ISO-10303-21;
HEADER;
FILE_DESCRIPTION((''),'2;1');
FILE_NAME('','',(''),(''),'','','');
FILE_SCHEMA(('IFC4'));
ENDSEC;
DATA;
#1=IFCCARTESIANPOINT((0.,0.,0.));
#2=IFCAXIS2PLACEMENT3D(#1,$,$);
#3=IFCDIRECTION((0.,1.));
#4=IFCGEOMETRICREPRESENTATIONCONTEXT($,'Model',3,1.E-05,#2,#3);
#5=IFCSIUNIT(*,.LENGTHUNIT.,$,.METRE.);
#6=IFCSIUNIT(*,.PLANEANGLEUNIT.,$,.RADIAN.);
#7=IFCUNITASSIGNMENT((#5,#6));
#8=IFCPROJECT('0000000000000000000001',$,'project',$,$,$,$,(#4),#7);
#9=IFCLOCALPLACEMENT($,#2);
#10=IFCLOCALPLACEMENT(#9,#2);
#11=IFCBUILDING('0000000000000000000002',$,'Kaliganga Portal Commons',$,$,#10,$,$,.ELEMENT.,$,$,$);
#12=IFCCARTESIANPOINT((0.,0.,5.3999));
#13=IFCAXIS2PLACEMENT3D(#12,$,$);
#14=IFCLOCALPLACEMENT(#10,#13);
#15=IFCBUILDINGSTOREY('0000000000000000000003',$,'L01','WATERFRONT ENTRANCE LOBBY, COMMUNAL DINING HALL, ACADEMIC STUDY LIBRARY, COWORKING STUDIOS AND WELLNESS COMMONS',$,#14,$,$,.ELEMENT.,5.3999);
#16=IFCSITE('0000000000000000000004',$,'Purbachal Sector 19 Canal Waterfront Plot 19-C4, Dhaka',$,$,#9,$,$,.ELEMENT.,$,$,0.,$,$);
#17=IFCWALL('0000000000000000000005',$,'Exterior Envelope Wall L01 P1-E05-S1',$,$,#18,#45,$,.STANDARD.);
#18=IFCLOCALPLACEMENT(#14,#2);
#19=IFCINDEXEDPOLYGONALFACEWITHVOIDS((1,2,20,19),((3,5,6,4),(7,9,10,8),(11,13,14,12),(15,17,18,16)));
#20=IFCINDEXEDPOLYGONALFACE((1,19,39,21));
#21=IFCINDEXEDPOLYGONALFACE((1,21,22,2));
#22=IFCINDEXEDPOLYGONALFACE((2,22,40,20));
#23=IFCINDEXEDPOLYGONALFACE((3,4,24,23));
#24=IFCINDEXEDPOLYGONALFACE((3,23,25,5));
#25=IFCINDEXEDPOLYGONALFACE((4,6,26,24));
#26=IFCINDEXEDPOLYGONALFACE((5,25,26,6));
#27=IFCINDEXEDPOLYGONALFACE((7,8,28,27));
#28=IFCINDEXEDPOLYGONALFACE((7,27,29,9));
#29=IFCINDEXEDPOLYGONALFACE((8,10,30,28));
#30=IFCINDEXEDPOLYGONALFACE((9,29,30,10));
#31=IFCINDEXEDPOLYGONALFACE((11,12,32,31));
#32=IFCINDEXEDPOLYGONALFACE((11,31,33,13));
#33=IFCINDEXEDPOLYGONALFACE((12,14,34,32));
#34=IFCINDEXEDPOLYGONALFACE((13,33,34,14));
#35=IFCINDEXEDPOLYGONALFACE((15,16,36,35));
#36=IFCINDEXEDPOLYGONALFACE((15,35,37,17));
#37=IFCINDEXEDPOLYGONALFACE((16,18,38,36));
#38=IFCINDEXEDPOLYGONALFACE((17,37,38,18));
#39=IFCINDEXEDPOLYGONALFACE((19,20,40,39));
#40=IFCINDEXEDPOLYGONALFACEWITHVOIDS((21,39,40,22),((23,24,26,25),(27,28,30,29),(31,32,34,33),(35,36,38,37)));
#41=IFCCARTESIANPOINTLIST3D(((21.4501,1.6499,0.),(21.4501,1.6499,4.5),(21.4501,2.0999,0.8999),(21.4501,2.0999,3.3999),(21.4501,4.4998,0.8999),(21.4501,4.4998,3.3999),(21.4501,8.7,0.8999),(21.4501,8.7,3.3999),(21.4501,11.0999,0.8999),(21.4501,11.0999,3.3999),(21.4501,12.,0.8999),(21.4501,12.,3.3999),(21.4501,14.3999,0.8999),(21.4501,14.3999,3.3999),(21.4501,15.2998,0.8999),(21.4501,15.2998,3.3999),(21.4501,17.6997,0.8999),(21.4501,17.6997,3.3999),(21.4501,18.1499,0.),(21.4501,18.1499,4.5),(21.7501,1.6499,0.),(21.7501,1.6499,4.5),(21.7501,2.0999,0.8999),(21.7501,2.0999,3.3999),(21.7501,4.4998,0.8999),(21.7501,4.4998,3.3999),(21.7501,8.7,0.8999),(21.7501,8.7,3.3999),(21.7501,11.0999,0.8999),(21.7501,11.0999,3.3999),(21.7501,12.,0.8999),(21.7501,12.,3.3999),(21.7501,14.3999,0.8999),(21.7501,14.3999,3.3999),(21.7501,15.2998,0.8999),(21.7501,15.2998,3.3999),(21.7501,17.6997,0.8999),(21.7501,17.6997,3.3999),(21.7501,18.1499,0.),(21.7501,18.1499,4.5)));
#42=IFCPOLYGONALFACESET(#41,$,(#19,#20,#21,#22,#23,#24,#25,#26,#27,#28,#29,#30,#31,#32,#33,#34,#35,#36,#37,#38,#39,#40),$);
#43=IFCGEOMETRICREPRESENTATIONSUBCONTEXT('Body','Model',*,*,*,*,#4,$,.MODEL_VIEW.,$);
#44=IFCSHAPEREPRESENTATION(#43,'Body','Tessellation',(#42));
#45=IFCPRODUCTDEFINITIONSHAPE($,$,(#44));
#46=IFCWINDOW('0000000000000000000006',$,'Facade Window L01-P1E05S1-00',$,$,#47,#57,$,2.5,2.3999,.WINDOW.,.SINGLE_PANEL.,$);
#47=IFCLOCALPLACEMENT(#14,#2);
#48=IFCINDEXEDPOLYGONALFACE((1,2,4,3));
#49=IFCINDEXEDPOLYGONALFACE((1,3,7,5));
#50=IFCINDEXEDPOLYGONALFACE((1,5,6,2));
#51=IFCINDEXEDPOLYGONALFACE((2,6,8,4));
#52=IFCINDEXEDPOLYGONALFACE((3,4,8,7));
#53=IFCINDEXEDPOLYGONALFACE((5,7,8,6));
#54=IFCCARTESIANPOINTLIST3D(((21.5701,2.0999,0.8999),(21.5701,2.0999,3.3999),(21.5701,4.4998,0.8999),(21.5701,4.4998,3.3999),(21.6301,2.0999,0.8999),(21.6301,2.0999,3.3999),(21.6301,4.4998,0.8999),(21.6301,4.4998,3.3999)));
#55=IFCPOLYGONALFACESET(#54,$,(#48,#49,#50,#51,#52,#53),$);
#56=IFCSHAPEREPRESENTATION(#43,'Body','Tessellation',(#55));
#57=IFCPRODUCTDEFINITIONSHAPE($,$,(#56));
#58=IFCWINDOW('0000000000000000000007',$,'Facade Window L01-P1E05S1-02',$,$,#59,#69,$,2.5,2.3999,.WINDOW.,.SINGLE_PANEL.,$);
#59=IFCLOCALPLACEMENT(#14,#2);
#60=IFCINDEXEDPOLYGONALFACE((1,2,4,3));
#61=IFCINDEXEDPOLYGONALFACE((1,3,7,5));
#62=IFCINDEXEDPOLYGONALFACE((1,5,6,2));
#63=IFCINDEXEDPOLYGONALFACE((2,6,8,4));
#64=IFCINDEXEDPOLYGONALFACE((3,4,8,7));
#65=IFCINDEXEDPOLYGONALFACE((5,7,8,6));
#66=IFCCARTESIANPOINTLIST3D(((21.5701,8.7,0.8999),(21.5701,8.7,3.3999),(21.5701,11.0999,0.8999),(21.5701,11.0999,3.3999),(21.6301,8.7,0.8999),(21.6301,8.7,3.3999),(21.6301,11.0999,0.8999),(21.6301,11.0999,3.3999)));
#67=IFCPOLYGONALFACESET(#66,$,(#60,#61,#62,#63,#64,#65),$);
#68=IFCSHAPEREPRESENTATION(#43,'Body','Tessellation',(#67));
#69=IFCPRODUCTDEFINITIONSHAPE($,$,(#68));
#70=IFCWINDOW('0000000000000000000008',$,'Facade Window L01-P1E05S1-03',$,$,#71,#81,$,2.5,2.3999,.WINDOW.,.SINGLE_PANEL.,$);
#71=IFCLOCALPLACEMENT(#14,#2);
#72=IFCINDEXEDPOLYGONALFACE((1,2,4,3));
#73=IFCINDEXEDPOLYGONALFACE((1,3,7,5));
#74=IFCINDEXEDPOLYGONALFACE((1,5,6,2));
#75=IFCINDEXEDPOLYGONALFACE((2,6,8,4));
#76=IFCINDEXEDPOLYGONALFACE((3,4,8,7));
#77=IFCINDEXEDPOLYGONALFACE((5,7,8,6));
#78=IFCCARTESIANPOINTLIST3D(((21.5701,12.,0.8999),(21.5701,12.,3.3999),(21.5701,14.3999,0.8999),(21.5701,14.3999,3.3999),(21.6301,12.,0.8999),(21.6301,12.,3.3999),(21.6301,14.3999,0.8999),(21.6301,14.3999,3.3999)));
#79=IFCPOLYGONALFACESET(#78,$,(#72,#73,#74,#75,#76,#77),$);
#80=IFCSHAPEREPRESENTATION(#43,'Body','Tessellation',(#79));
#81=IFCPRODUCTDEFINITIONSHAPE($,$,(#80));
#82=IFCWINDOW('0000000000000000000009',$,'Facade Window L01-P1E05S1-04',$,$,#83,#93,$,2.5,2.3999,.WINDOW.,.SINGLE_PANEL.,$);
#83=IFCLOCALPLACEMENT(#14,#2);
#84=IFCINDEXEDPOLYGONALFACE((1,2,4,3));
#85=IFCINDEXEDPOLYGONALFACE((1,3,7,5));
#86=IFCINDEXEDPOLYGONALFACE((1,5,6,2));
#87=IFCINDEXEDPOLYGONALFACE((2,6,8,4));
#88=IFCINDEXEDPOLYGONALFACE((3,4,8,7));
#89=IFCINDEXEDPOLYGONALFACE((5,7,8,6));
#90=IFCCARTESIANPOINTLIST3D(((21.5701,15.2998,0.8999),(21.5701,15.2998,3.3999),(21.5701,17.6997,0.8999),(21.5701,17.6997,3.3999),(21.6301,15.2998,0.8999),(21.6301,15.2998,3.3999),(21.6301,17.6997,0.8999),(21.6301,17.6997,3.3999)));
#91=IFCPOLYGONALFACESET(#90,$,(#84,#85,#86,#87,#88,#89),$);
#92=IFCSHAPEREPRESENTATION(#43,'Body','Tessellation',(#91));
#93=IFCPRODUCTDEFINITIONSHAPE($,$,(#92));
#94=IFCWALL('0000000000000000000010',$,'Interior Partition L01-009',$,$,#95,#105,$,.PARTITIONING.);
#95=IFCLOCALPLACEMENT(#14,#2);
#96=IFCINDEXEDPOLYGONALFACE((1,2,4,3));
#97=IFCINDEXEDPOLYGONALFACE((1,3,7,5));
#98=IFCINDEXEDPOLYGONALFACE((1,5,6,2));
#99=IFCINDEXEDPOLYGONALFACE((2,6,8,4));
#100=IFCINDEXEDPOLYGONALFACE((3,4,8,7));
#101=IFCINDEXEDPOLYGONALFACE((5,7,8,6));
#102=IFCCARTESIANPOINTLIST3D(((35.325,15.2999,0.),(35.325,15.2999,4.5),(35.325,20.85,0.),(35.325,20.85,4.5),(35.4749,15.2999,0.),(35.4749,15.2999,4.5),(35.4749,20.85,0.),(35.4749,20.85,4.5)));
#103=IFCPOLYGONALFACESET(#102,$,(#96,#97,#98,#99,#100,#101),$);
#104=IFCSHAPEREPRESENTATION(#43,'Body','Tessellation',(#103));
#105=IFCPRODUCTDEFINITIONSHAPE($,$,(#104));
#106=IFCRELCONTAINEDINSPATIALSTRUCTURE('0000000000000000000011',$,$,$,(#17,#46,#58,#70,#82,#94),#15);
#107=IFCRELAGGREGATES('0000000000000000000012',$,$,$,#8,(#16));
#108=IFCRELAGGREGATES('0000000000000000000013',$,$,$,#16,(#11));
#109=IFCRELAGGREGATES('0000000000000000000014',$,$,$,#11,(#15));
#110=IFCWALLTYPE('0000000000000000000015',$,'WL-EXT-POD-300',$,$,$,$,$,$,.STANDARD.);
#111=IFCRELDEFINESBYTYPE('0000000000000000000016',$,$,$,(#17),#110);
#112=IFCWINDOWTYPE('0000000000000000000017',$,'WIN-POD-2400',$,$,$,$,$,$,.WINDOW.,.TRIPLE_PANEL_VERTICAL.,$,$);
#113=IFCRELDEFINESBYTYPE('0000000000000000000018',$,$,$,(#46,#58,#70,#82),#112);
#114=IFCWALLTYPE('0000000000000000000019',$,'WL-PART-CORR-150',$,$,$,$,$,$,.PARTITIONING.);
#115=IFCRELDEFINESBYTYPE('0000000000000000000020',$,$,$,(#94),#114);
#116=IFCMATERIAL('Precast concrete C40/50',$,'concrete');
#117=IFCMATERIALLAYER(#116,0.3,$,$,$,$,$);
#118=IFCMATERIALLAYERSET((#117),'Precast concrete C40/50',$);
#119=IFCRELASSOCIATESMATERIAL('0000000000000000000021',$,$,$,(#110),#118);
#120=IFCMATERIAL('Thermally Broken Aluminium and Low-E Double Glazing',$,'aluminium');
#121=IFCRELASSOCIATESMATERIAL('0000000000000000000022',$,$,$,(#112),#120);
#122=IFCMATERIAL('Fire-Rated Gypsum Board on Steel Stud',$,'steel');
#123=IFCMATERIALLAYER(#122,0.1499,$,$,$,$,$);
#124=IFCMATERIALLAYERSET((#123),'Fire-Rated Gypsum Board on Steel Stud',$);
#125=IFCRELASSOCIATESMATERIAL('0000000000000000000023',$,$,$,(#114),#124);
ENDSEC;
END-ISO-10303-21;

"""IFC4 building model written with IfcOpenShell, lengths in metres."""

from ifc_helpers import new_model, si_unit, direction, frame, frame_2d, origin, place, context, subcontext, project, spatial, rectangle, extrude, material, layer, layer_set, type_object, element, fill, save


model = new_model("IFC4")

# Units and contexts
model_context = context("Model", 3, precision=1e-05, world=origin(), true_north=direction((0.0, 1.0)))
body_context = subcontext(model_context, "Body", "Model", "MODEL_VIEW")
ifc_project = project(units=[si_unit("LENGTHUNIT", "METRE"), si_unit("PLANEANGLEUNIT", "RADIAN")], contexts=[model_context])

# Site, building, storey
site_placement = place(None, origin())
site = spatial("IfcSite", under=ifc_project, at=site_placement, Name="Purbachal Sector 19 Canal Waterfront Plot 19-C4, Dhaka", CompositionType="ELEMENT", RefElevation=0.0)
building_placement = place(site_placement, origin())
building = spatial("IfcBuilding", under=site, at=building_placement, Name="Kaliganga Portal Commons", CompositionType="ELEMENT")
storey_placement = place(building_placement, frame((0.0, 0.0, 5.3999)))
storey = spatial("IfcBuildingStorey", under=building, at=storey_placement, Name="L01", Description="WATERFRONT ENTRANCE LOBBY, COMMUNAL DINING HALL, ACADEMIC STUDY LIBRARY, COWORKING STUDIOS AND WELLNESS COMMONS", CompositionType="ELEMENT", Elevation=5.3999)

# Shared definitions
ifc_material_1 = material(Name="Precast concrete C40/50", Category="concrete")
ifc_layer_1 = layer(ifc_material_1, 0.3)
ifc_layer_set_1 = layer_set([ifc_layer_1], Name="Precast concrete C40/50")
wall_type_1 = type_object("IfcWallType", Name="WL-EXT-POD-300", PredefinedType="STANDARD", material=ifc_layer_set_1)

# Shared definitions
ifc_material_2 = material(Name="Thermally Broken Aluminium and Low-E Double Glazing", Category="aluminium")
window_type = type_object("IfcWindowType", Name="WIN-POD-2400", PartitioningType="TRIPLE_PANEL_VERTICAL", PredefinedType="WINDOW", material=ifc_material_2)

# Wall, openings, windows
wall_1_placement = place(storey_placement, frame((21.6001, 1.6499, 0.0), z_axis=(0.0, 0.0, 1.0), x_axis=(0.0, 1.0, 0.0)))
wall_1 = element("IfcWall", 1, at=wall_1_placement, inside=storey, type_object=wall_type_1, Name="Exterior Envelope Wall L01 P1-E05-S1", PredefinedType="STANDARD", context=body_context, shape_type="SweptSolid", body=[
    extrude(rectangle(XDim=16.5, YDim=0.3, at=frame_2d((8.25, 0.0))), origin(), (0.0, 0.0, 1.0), 4.5),
])
opening_1_placement = place(wall_1_placement, frame((0.45, 0.0, 0.8999)))
opening_1 = element("IfcOpeningElement", 2, at=opening_1_placement, cuts=wall_1, PredefinedType="OPENING", context=body_context, shape_type="SweptSolid", body=[
    extrude(rectangle(XDim=2.3999, YDim=2.5, at=frame_2d((1.2, 1.25))), frame((0.0, 0.1602, 0.0), z_axis=(0.0, -1.0, 0.0), x_axis=(1.0, 0.0, 0.0)), (0.0, 0.0, 1.0), 0.3201),
])
opening_2_placement = place(wall_1_placement, frame((7.05, 0.0, 0.8999)))
opening_2 = element("IfcOpeningElement", 3, at=opening_2_placement, cuts=wall_1, PredefinedType="OPENING", context=body_context, shape_type="SweptSolid", body=[
    extrude(rectangle(XDim=2.3999, YDim=2.5, at=frame_2d((1.2, 1.25))), frame((0.0, 0.1602, 0.0), z_axis=(0.0, -1.0, 0.0), x_axis=(1.0, 0.0, 0.0)), (0.0, 0.0, 1.0), 0.3201),
])
opening_3_placement = place(wall_1_placement, frame((10.3501, 0.0, 0.8999)))
opening_3 = element("IfcOpeningElement", 4, at=opening_3_placement, cuts=wall_1, PredefinedType="OPENING", context=body_context, shape_type="SweptSolid", body=[
    extrude(rectangle(XDim=2.3999, YDim=2.5, at=frame_2d((1.2, 1.25))), frame((0.0, 0.1602, 0.0), z_axis=(0.0, -1.0, 0.0), x_axis=(1.0, 0.0, 0.0)), (0.0, 0.0, 1.0), 0.3201),
])
opening_4_placement = place(wall_1_placement, frame((13.6499, 0.0, 0.8999)))
opening_4 = element("IfcOpeningElement", 5, at=opening_4_placement, cuts=wall_1, PredefinedType="OPENING", context=body_context, shape_type="SweptSolid", body=[
    extrude(rectangle(XDim=2.3999, YDim=2.5, at=frame_2d((1.2, 1.25))), frame((0.0, 0.1602, 0.0), z_axis=(0.0, -1.0, 0.0), x_axis=(1.0, 0.0, 0.0)), (0.0, 0.0, 1.0), 0.3201),
])
window_1_placement = place(opening_1_placement, origin())
window_1 = element("IfcWindow", 6, at=window_1_placement, inside=storey, type_object=window_type, Name="Facade Window L01-P1E05S1-00", OverallHeight=2.5, OverallWidth=2.3999, PartitioningType="SINGLE_PANEL", PredefinedType="WINDOW", context=body_context, shape_type="SweptSolid", body=[
    extrude(rectangle(XDim=2.3999, YDim=2.5, at=frame_2d((1.2, 1.25))), frame((0.0, 0.03, 0.0), z_axis=(0.0, -1.0, 0.0), x_axis=(1.0, 0.0, 0.0)), (0.0, 0.0, 1.0), 0.0601),
])
fill(opening_1, window_1)
window_2_placement = place(opening_2_placement, origin())
window_2 = element("IfcWindow", 7, at=window_2_placement, inside=storey, type_object=window_type, Name="Facade Window L01-P1E05S1-02", OverallHeight=2.5, OverallWidth=2.3999, PartitioningType="SINGLE_PANEL", PredefinedType="WINDOW", context=body_context, shape_type="SweptSolid", body=[
    extrude(rectangle(XDim=2.3999, YDim=2.5, at=frame_2d((1.2, 1.25))), frame((0.0, 0.03, 0.0), z_axis=(0.0, -1.0, 0.0), x_axis=(1.0, 0.0, 0.0)), (0.0, 0.0, 1.0), 0.0601),
])
fill(opening_2, window_2)
window_3_placement = place(opening_3_placement, origin())
window_3 = element("IfcWindow", 8, at=window_3_placement, inside=storey, type_object=window_type, Name="Facade Window L01-P1E05S1-03", OverallHeight=2.5, OverallWidth=2.3999, PartitioningType="SINGLE_PANEL", PredefinedType="WINDOW", context=body_context, shape_type="SweptSolid", body=[
    extrude(rectangle(XDim=2.3999, YDim=2.5, at=frame_2d((1.2, 1.25))), frame((0.0, 0.03, 0.0), z_axis=(0.0, -1.0, 0.0), x_axis=(1.0, 0.0, 0.0)), (0.0, 0.0, 1.0), 0.0601),
])
fill(opening_3, window_3)
window_4_placement = place(opening_4_placement, origin())
window_4 = element("IfcWindow", 9, at=window_4_placement, inside=storey, type_object=window_type, Name="Facade Window L01-P1E05S1-04", OverallHeight=2.5, OverallWidth=2.3999, PartitioningType="SINGLE_PANEL", PredefinedType="WINDOW", context=body_context, shape_type="SweptSolid", body=[
    extrude(rectangle(XDim=2.3999, YDim=2.5, at=frame_2d((1.2, 1.25))), frame((0.0, 0.03, 0.0), z_axis=(0.0, -1.0, 0.0), x_axis=(1.0, 0.0, 0.0)), (0.0, 0.0, 1.0), 0.0601),
])
fill(opening_4, window_4)

# Wall
ifc_material_3 = material(Name="Fire-Rated Gypsum Board on Steel Stud", Category="steel")
ifc_layer_2 = layer(ifc_material_3, 0.1499)
ifc_layer_set_2 = layer_set([ifc_layer_2], Name="Fire-Rated Gypsum Board on Steel Stud")
wall_type_2 = type_object("IfcWallType", Name="WL-PART-CORR-150", PredefinedType="PARTITIONING", material=ifc_layer_set_2)
wall_2_placement = place(storey_placement, frame((35.3999, 15.3, 0.0), z_axis=(0.0, 0.0, 1.0), x_axis=(0.0, 1.0, 0.0)))
element("IfcWall", 10, at=wall_2_placement, inside=storey, type_object=wall_type_2, Name="Interior Partition L01-009", PredefinedType="PARTITIONING", context=body_context, shape_type="SweptSolid", body=[
    extrude(rectangle(XDim=5.55, YDim=0.1499, at=frame_2d((2.7749, 0.0))), origin(), (0.0, 0.0, 1.0), 4.5),
])

save(model, "model.ifc")
